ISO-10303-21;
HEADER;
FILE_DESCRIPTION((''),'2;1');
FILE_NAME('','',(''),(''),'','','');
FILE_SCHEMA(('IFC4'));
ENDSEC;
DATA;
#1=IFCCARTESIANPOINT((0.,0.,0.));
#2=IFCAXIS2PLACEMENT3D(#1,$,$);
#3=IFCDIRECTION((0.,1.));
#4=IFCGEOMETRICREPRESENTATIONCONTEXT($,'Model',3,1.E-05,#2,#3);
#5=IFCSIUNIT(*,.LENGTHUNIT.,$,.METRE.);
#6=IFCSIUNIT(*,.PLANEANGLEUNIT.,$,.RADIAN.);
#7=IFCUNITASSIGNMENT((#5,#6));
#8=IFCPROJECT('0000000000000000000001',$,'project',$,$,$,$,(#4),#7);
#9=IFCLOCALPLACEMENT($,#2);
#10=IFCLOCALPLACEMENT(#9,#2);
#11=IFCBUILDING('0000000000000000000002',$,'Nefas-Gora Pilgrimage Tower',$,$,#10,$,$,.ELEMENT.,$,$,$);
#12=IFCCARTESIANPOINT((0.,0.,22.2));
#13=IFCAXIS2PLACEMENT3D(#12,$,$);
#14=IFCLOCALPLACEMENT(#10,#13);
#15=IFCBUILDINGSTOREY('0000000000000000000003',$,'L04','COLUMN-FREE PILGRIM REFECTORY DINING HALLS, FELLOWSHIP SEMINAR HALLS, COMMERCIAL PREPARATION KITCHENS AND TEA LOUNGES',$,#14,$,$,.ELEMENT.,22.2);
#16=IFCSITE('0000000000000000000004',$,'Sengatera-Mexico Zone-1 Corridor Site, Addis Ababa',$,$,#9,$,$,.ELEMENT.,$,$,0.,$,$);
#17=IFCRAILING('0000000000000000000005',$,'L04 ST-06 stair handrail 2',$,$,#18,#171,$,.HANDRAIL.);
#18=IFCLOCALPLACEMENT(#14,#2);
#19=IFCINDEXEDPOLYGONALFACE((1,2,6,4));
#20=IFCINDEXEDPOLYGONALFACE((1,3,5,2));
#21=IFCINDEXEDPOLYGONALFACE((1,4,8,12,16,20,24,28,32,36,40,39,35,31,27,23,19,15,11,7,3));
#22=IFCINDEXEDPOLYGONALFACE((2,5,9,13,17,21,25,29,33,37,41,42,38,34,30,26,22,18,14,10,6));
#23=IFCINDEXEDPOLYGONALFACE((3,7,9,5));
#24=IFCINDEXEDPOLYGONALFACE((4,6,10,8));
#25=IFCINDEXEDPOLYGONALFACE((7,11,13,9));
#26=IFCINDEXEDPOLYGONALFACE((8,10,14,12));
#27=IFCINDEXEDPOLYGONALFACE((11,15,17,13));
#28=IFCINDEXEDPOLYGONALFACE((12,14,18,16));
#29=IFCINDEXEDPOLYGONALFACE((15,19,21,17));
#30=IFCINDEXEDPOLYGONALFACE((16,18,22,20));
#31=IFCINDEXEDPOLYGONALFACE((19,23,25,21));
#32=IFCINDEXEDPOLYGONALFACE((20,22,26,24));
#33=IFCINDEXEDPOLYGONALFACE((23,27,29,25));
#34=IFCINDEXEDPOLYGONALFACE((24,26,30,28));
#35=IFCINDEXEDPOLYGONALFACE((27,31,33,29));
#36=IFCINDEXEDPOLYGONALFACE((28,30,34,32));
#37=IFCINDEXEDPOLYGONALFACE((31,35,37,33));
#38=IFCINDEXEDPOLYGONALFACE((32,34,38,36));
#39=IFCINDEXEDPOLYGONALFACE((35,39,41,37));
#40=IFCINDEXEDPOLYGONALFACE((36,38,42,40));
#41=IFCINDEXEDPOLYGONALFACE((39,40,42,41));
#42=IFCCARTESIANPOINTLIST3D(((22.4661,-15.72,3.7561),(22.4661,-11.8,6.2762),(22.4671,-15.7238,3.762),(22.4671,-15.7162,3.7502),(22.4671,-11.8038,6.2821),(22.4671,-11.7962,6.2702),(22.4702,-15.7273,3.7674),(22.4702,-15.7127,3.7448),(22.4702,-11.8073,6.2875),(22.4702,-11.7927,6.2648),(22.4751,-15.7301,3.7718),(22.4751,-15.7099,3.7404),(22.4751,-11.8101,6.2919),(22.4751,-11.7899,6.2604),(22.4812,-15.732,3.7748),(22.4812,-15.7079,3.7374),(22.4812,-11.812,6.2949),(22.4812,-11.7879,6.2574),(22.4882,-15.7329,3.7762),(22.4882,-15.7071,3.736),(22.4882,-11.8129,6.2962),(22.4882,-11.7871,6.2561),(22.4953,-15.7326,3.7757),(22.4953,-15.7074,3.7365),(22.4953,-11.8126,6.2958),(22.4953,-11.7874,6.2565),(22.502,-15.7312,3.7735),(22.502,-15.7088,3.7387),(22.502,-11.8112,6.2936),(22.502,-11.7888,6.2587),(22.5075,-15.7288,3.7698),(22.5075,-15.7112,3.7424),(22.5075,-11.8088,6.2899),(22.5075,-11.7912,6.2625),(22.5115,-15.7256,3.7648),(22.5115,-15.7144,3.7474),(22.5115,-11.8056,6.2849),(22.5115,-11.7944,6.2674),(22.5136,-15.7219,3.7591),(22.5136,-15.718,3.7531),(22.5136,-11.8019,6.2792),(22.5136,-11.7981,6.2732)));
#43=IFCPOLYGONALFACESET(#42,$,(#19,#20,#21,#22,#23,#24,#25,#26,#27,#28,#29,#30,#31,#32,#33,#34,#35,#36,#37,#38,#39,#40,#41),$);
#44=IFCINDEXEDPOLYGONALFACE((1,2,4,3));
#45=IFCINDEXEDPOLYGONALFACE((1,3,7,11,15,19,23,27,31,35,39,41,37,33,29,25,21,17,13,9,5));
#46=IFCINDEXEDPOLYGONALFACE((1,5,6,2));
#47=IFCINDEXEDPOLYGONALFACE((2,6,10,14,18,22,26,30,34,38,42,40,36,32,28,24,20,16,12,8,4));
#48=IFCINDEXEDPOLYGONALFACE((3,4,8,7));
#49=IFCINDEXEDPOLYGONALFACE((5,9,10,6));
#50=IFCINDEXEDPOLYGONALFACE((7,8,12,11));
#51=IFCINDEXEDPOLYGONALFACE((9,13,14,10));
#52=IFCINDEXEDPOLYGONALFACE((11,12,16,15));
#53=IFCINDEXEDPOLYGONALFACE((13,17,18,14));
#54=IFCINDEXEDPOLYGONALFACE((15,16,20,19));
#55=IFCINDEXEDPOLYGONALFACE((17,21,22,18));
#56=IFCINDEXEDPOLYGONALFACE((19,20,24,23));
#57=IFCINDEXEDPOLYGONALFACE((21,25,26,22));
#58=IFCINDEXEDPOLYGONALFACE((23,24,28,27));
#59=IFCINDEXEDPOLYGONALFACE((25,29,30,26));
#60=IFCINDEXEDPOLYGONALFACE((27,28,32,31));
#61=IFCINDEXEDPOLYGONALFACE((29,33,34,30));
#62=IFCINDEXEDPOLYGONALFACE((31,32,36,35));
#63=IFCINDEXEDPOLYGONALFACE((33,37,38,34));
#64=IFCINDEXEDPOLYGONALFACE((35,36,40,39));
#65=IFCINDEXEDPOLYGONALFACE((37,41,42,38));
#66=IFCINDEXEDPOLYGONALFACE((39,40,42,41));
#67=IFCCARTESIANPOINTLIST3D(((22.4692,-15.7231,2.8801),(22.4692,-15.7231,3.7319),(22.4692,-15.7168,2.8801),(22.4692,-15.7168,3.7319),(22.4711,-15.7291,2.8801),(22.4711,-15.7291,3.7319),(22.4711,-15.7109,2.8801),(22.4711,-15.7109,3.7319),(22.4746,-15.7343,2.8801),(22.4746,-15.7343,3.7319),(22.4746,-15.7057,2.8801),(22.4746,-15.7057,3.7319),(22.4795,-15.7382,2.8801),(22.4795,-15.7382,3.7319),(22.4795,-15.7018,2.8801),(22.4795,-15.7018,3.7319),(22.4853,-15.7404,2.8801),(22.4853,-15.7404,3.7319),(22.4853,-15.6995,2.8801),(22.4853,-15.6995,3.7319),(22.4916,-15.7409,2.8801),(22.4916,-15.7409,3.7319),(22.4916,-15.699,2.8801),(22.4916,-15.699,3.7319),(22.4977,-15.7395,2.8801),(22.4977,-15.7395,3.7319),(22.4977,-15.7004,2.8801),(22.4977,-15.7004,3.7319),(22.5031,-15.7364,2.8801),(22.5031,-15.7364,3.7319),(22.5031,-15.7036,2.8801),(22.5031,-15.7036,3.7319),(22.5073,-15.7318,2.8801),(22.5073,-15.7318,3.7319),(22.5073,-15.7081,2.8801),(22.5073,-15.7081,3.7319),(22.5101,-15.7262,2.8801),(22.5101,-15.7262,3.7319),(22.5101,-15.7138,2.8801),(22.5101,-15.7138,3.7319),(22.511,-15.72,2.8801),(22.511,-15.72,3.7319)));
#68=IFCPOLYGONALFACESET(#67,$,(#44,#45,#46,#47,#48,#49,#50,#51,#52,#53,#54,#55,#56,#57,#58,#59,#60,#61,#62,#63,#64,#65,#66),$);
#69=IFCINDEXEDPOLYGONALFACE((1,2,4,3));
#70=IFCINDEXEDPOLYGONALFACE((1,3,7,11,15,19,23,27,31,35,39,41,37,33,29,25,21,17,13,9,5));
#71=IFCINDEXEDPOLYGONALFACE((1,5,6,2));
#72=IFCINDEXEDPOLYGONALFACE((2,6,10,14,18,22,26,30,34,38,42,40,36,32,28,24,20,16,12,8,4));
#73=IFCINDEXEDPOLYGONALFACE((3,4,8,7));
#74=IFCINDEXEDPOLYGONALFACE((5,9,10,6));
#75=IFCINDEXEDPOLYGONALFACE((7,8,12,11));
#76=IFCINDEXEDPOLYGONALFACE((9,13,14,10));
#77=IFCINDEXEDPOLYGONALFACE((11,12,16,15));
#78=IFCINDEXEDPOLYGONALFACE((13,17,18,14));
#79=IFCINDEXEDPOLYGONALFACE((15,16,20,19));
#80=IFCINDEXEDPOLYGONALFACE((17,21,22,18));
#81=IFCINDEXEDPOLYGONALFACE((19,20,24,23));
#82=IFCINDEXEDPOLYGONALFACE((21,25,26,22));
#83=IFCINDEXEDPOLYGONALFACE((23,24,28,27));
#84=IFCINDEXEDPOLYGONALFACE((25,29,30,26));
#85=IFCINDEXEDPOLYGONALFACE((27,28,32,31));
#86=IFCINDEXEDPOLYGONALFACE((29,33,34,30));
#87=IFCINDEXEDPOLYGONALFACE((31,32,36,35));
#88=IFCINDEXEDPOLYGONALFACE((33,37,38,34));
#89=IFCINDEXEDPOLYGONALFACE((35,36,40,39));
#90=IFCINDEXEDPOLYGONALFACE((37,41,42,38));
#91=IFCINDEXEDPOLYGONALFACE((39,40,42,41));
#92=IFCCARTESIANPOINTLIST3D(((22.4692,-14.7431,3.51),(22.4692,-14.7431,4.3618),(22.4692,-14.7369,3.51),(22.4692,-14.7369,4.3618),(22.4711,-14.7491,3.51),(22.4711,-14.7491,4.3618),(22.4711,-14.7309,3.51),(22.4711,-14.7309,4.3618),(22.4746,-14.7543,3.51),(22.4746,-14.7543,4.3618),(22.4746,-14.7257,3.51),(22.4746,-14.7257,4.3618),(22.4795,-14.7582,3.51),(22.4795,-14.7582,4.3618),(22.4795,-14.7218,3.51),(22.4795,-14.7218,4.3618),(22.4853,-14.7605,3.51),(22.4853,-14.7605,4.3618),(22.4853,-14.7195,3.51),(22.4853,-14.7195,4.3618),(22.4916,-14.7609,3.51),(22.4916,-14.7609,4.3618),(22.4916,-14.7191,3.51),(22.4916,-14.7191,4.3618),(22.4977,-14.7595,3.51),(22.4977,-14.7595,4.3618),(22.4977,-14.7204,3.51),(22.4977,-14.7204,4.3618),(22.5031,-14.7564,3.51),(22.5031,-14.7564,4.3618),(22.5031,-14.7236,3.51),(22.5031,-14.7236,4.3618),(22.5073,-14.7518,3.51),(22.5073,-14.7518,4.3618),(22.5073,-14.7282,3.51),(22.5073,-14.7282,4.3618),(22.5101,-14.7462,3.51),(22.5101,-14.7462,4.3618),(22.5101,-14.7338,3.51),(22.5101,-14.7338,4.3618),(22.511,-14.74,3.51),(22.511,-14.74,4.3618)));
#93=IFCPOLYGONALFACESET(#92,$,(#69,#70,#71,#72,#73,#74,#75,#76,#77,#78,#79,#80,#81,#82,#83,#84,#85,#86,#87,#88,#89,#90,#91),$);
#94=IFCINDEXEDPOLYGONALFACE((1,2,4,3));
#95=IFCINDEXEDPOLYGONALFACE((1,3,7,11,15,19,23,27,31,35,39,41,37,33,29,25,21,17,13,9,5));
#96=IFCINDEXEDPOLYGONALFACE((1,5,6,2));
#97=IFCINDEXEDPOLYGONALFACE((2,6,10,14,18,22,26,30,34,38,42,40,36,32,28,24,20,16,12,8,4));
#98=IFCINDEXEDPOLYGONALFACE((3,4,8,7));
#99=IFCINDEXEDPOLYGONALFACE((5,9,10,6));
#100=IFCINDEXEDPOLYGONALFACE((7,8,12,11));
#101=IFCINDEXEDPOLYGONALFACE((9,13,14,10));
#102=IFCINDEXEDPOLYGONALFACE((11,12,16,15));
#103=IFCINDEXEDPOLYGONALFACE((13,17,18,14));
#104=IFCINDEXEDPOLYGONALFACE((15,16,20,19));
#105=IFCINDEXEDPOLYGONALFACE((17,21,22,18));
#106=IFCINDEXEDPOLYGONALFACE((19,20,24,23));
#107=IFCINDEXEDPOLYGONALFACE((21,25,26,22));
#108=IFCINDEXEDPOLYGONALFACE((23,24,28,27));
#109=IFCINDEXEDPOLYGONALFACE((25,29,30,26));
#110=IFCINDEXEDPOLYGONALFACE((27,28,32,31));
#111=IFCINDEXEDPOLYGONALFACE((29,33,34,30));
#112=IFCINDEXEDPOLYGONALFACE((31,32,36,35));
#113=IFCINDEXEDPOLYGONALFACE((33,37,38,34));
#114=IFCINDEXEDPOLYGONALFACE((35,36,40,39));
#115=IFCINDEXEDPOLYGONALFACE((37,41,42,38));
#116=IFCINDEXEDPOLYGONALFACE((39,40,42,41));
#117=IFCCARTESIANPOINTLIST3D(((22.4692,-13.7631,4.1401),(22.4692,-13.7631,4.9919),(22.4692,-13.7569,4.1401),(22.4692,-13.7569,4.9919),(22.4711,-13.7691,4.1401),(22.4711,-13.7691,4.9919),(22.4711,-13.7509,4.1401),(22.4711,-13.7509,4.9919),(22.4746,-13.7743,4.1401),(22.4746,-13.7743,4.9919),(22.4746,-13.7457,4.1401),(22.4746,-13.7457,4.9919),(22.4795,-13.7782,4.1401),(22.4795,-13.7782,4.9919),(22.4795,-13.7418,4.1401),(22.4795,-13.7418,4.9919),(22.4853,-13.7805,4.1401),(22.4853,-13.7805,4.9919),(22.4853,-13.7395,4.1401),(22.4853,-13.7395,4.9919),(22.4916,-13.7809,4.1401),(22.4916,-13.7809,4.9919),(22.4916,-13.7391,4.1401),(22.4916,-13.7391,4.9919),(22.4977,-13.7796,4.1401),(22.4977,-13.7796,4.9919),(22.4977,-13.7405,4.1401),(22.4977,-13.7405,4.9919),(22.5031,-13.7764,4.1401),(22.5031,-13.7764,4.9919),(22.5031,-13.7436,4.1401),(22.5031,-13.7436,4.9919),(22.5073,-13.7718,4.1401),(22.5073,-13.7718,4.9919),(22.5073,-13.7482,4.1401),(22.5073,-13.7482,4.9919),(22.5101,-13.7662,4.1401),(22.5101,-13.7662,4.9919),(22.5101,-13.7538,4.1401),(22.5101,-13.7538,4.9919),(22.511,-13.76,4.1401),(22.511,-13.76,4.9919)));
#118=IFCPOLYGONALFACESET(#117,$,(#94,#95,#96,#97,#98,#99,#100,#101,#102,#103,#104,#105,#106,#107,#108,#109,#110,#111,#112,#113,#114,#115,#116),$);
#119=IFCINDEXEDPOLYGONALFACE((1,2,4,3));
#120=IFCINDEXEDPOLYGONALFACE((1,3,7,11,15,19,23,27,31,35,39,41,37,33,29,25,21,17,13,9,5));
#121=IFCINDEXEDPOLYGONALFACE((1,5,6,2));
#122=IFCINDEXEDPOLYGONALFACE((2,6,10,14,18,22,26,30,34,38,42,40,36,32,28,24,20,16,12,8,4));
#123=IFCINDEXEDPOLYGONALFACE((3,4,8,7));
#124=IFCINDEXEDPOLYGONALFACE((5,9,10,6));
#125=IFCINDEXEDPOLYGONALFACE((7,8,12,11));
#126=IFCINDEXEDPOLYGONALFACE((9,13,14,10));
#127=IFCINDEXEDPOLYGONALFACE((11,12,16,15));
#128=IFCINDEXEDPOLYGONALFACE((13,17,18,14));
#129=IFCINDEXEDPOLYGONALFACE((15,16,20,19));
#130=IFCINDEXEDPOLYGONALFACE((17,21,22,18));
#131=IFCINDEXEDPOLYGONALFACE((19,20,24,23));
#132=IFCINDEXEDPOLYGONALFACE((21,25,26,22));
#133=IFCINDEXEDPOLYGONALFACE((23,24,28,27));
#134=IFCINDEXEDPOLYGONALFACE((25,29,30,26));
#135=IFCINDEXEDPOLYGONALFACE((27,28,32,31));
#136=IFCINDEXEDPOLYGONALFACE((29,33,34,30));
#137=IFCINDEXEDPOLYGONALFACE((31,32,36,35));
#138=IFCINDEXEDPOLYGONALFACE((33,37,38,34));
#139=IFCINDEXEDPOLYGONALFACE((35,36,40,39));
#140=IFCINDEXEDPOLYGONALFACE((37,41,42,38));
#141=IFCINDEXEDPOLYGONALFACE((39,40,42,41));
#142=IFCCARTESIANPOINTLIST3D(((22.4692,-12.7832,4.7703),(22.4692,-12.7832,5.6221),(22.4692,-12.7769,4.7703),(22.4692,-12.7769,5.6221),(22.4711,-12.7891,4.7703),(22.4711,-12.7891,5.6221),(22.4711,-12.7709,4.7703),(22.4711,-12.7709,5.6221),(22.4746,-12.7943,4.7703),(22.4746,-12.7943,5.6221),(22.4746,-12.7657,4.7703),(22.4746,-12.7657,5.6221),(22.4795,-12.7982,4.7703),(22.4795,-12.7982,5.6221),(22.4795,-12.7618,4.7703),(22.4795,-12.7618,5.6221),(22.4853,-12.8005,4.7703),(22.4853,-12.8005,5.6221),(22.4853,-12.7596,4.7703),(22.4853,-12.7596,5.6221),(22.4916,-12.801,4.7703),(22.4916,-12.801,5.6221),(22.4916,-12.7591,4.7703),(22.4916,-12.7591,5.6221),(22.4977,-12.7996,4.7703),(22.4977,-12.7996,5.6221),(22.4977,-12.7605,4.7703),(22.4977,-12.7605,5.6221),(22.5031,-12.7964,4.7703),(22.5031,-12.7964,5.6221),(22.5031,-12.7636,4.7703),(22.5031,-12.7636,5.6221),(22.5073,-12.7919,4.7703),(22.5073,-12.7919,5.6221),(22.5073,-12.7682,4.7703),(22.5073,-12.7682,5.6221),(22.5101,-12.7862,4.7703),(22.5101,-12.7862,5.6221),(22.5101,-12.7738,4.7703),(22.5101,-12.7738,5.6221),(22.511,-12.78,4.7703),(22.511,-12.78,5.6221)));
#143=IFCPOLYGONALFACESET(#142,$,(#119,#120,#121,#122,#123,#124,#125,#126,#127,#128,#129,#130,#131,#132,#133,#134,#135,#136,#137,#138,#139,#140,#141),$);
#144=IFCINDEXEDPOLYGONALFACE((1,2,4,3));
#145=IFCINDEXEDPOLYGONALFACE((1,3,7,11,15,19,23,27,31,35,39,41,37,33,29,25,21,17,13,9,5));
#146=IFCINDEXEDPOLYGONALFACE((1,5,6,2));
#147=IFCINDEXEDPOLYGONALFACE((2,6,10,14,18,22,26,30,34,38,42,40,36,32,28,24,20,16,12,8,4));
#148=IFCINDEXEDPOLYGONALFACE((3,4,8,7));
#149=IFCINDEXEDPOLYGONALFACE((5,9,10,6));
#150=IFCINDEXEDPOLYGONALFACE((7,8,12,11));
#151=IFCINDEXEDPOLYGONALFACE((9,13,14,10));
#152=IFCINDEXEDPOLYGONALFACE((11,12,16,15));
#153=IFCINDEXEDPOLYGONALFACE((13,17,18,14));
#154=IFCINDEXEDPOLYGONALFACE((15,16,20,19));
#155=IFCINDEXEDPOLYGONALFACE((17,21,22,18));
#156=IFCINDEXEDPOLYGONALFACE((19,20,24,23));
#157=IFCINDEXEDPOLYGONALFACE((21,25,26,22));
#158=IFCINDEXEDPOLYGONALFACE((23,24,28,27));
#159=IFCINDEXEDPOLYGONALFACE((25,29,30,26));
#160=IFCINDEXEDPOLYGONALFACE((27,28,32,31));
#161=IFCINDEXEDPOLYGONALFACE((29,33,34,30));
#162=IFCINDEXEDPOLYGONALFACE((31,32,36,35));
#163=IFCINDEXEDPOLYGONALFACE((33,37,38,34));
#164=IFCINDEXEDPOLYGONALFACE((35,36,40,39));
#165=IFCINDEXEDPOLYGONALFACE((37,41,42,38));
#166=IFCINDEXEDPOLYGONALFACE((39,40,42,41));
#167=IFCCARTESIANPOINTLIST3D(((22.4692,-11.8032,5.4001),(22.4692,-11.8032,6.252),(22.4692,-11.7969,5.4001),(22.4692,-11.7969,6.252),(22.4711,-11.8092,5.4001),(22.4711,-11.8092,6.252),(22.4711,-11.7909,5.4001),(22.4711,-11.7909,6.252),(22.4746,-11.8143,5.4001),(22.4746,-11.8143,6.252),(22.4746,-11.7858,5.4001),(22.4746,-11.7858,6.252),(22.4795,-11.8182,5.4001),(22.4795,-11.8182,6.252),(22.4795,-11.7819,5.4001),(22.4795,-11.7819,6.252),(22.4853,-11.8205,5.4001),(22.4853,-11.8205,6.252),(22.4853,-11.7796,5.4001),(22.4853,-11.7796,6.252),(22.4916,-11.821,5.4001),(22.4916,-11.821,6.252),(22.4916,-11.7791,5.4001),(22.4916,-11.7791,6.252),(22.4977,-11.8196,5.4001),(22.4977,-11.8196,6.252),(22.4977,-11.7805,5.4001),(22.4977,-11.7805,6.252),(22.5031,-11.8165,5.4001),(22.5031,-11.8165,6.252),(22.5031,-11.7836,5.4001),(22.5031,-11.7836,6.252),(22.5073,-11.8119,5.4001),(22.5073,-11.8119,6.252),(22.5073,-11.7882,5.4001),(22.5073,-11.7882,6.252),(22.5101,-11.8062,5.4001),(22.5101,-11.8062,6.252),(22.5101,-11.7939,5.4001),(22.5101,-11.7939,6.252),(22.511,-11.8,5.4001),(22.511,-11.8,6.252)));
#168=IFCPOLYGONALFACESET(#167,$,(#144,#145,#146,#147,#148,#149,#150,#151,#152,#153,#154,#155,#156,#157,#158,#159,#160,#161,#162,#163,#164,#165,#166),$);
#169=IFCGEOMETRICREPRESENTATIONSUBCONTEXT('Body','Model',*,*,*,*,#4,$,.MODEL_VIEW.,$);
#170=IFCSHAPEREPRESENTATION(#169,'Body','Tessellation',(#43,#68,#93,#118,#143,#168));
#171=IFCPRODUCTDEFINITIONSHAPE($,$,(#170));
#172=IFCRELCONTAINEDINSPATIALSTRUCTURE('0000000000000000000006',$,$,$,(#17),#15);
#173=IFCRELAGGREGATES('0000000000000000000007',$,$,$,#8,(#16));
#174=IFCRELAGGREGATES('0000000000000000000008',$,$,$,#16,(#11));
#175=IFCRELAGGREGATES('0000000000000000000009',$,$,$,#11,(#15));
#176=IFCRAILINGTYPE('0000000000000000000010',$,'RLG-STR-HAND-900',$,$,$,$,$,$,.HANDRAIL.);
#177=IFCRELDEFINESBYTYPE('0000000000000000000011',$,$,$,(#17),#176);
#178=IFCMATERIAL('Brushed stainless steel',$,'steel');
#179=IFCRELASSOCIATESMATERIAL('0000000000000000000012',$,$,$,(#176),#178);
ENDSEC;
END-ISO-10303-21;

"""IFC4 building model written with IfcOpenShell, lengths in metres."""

from ifc_helpers import new_model, si_unit, direction, frame, origin, origin_2d, place, context, subcontext, project, spatial, circle, extrude, material, type_object, element, save


model = new_model("IFC4")

# Units and contexts
model_context = context("Model", 3, precision=1e-05, world=origin(), true_north=direction((0.0, 1.0)))
body_context = subcontext(model_context, "Body", "Model", "MODEL_VIEW")
ifc_project = project(units=[si_unit("LENGTHUNIT", "METRE"), si_unit("PLANEANGLEUNIT", "RADIAN")], contexts=[model_context])

# Site, building, storey
site_placement = place(None, origin())
site = spatial("IfcSite", under=ifc_project, at=site_placement, Name="Sengatera-Mexico Zone-1 Corridor Site, Addis Ababa", CompositionType="ELEMENT", RefElevation=0.0)
building_placement = place(site_placement, origin())
building = spatial("IfcBuilding", under=site, at=building_placement, Name="Nefas-Gora Pilgrimage Tower", CompositionType="ELEMENT")
storey_placement = place(building_placement, frame((0.0, 0.0, 22.2)))
storey = spatial("IfcBuildingStorey", under=building, at=storey_placement, Name="L04", Description="COLUMN-FREE PILGRIM REFECTORY DINING HALLS, FELLOWSHIP SEMINAR HALLS, COMMERCIAL PREPARATION KITCHENS AND TEA LOUNGES", CompositionType="ELEMENT", Elevation=22.2)

# Railing
ifc_material_1 = material(Name="Brushed stainless steel", Category="steel")
railing_type_1 = type_object("IfcRailingType", Name="RLG-STR-HAND-900", PredefinedType="HANDRAIL", material=ifc_material_1)
railing_1_placement = place(storey_placement, frame((22.49, -15.72, 2.8801)))
element("IfcRailing", 1, at=railing_1_placement, inside=storey, type_object=railing_type_1, Name="L04 ST-06 stair handrail 2", PredefinedType="HANDRAIL", context=body_context, shape_type="SweptSolid", body=[
    extrude(circle(Radius=0.0239, at=origin_2d()), frame((0.0, 0.0, 0.876), z_axis=(0.0, 0.841172, 0.540768), x_axis=(-1.0, 0.0, 0.0)), (0.0, 0.0, 1.0), 4.6602),
    extrude(circle(Radius=0.021, at=origin_2d()), origin(), (0.0, 0.0, 1.0), 0.8518),
    extrude(circle(Radius=0.021, at=origin_2d()), frame((0.0, 0.98, 0.6299)), (0.0, 0.0, 1.0), 0.8518),
    extrude(circle(Radius=0.021, at=origin_2d()), frame((0.0, 1.96, 1.26)), (0.0, 0.0, 1.0), 0.8518),
    extrude(circle(Radius=0.021, at=origin_2d()), frame((0.0, 2.9399, 1.8901)), (0.0, 0.0, 1.0), 0.8518),
    extrude(circle(Radius=0.021, at=origin_2d()), frame((0.0, 3.9199, 2.52)), (0.0, 0.0, 1.0), 0.8518),
])

save(model, "model.ifc")
